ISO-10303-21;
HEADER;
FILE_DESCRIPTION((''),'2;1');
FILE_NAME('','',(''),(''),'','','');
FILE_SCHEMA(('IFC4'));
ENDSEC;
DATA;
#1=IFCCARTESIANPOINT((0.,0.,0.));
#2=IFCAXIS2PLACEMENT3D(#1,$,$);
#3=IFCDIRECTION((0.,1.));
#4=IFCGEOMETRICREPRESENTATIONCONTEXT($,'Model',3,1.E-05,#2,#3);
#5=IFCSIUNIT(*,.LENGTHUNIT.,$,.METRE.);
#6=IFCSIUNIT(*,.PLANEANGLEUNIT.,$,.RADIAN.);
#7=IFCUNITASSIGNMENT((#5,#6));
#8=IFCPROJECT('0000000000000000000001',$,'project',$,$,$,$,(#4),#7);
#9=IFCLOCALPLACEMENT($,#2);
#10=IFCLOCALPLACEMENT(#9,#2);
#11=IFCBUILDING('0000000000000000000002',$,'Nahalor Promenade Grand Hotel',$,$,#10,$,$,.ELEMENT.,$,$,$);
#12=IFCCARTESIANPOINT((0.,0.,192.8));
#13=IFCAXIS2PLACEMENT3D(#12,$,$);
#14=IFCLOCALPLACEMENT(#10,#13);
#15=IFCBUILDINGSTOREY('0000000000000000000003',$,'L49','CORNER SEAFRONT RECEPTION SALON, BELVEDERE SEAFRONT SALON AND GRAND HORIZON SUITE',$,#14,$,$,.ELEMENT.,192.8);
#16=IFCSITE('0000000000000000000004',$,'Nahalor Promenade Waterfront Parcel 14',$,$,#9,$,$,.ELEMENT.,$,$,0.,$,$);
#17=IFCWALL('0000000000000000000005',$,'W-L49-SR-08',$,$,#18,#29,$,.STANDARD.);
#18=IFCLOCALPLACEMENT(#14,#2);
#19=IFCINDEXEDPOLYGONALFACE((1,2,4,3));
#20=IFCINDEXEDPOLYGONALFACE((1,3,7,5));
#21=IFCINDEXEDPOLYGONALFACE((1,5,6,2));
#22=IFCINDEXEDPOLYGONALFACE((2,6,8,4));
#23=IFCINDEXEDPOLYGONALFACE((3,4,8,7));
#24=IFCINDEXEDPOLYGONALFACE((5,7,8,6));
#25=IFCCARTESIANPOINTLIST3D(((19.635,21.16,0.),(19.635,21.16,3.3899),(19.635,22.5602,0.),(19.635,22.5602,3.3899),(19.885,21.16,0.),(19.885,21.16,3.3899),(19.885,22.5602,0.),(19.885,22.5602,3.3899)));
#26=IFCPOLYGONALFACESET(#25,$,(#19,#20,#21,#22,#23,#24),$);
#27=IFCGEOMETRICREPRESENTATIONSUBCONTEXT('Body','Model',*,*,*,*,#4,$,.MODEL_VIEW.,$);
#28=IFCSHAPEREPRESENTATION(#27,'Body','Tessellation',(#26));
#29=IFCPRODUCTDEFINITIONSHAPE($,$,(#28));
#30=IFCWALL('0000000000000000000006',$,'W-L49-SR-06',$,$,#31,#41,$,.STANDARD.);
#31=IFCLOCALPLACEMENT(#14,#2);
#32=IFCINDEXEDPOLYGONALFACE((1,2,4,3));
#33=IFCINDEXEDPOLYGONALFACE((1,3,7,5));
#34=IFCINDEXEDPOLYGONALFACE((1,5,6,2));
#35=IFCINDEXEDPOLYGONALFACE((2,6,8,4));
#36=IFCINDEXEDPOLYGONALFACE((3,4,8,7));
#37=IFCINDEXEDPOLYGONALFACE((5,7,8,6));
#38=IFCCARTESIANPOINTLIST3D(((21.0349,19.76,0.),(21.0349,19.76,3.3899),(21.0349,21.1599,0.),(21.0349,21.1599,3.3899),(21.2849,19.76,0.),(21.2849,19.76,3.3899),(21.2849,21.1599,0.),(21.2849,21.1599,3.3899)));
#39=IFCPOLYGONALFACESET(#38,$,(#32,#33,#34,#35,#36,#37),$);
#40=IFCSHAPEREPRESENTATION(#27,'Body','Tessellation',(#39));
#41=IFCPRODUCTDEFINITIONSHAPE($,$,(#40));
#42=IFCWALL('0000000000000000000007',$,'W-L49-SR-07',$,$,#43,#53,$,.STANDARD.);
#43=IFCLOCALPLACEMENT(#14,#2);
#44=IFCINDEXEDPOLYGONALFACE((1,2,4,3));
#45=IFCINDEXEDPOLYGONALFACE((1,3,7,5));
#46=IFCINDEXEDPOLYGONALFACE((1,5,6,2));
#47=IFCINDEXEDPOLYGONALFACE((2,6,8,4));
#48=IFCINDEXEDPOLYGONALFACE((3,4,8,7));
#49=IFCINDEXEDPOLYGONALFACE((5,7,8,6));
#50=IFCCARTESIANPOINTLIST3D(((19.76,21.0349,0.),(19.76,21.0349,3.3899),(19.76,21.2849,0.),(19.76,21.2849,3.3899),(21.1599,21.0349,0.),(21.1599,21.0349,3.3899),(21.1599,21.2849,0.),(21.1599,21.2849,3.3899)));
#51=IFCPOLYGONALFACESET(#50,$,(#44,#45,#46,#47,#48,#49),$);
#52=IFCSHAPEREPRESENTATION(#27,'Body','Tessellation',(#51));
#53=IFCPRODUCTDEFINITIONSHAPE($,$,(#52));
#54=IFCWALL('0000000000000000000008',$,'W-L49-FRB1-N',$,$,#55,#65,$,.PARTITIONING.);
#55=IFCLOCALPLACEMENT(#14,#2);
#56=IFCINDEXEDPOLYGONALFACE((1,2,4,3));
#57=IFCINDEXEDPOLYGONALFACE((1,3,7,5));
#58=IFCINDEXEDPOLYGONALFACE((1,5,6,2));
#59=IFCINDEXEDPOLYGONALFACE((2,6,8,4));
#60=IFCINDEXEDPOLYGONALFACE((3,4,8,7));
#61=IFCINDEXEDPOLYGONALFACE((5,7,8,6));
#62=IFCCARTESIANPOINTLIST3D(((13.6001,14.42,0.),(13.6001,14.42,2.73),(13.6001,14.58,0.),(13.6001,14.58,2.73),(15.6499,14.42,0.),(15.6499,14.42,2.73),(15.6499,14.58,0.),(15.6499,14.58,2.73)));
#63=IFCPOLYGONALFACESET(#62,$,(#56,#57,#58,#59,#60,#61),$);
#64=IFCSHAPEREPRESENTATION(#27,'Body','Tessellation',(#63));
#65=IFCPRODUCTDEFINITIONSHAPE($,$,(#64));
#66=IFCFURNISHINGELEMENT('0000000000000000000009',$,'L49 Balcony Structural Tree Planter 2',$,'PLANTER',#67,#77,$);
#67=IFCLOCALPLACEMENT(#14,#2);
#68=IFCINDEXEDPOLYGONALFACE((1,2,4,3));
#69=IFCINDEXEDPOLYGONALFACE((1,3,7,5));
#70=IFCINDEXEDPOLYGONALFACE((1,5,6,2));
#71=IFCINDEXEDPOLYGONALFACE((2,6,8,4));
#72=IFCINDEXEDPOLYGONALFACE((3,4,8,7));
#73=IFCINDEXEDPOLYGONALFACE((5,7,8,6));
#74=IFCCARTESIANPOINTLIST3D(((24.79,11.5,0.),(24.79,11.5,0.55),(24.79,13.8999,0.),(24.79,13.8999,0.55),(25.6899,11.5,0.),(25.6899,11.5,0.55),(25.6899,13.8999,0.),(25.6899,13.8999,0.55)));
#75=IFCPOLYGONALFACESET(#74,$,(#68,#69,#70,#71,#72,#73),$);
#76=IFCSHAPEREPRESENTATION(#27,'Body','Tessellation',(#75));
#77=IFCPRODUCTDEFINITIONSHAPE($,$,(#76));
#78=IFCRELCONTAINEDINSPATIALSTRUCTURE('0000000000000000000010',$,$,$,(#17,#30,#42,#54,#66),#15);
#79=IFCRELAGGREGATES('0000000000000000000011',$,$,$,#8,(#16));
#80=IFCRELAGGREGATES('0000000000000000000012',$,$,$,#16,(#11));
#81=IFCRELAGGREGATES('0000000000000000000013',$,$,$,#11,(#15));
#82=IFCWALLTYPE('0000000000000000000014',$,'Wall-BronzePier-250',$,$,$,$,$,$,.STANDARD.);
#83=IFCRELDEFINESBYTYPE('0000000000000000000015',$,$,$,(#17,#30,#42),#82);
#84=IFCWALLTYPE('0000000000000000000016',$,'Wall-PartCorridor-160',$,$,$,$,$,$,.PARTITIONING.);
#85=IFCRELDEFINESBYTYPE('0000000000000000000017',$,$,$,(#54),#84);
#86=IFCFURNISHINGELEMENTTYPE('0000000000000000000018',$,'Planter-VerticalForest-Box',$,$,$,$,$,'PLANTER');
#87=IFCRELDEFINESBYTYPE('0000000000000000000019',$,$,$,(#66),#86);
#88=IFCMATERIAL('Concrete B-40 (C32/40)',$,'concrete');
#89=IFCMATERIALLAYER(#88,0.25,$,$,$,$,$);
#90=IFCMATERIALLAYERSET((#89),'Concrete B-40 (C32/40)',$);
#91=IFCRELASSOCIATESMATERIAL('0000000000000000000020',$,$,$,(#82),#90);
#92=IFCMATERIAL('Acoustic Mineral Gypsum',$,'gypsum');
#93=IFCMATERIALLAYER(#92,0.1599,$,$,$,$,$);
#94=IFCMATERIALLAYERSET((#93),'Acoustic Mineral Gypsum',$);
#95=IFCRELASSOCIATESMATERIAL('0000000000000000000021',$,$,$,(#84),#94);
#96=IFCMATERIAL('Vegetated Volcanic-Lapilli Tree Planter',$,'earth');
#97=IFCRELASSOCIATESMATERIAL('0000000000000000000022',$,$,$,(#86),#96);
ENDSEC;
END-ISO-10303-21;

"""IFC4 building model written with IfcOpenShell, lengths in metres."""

from ifc_helpers import new_model, si_unit, direction, frame, frame_2d, origin, origin_2d, place, context, subcontext, project, spatial, rectangle, extrude, source, transform, mapped, material, layer, layer_set, type_object, element, save


model = new_model("IFC4")

# Units and contexts
model_context = context("Model", 3, precision=1e-05, world=origin(), true_north=direction((0.0, 1.0)))
body_context = subcontext(model_context, "Body", "Model", "MODEL_VIEW")
ifc_project = project(units=[si_unit("LENGTHUNIT", "METRE"), si_unit("PLANEANGLEUNIT", "RADIAN")], contexts=[model_context])

# Site, building, storey
site_placement = place(None, origin())
site = spatial("IfcSite", under=ifc_project, at=site_placement, Name="Nahalor Promenade Waterfront Parcel 14", CompositionType="ELEMENT", RefElevation=0.0)
building_placement = place(site_placement, origin())
building = spatial("IfcBuilding", under=site, at=building_placement, Name="Nahalor Promenade Grand Hotel", CompositionType="ELEMENT")
storey_placement = place(building_placement, frame((0.0, 0.0, 192.8)))
storey = spatial("IfcBuildingStorey", under=building, at=storey_placement, Name="L49", Description="CORNER SEAFRONT RECEPTION SALON, BELVEDERE SEAFRONT SALON AND GRAND HORIZON SUITE", CompositionType="ELEMENT", Elevation=192.8)

# Walls
ifc_material_1 = material(Name="Concrete B-40 (C32/40)", Category="concrete")
ifc_layer_1 = layer(ifc_material_1, 0.25)
ifc_layer_set_1 = layer_set([ifc_layer_1], Name="Concrete B-40 (C32/40)")
wall_type_1 = type_object("IfcWallType", Name="Wall-BronzePier-250", PredefinedType="STANDARD", material=ifc_layer_set_1)
shared_shape_1 = source(origin(), body_context, "Body", "SweptSolid", [
    extrude(rectangle(XDim=1.4001, YDim=0.25, at=frame_2d((0.7002, 0.0))), origin(), (0.0, 0.0, 1.0), 3.3899),
])
for number, where, z_axis, x_axis, name in (
    (1, (19.76, 21.1599, 0.0), (0.0, 0.0, 1.0), (0.0, 1.0, 0.0), "W-L49-SR-08"),
):
    element("IfcWall", number, at=place(storey_placement, frame(where, z_axis=z_axis, x_axis=x_axis)), inside=storey, type_object=wall_type_1, Name=name, PredefinedType="STANDARD", context=body_context, shape_type="MappedRepresentation", body=[
        mapped(shared_shape_1, transform((0.0, 0.0, 0.0), scale=1.0)),
    ])
shared_shape_2 = source(origin(), body_context, "Body", "SweptSolid", [
    extrude(rectangle(XDim=1.3999, YDim=0.25, at=frame_2d((0.7, 0.0))), origin(), (0.0, 0.0, 1.0), 3.3899),
])
for number, where, z_axis, x_axis, name in (
    (2, (21.1599, 19.76, 0.0), (0.0, 0.0, 1.0), (0.0, 1.0, 0.0), "W-L49-SR-06"),
    (3, (19.76, 21.1599, 0.0), (0.0, 0.0, 1.0), (1.0, 0.0, 0.0), "W-L49-SR-07"),
):
    element("IfcWall", number, at=place(storey_placement, frame(where, z_axis=z_axis, x_axis=x_axis)), inside=storey, type_object=wall_type_1, Name=name, PredefinedType="STANDARD", context=body_context, shape_type="MappedRepresentation", body=[
        mapped(shared_shape_2, transform((0.0, 0.0, 0.0), scale=1.0)),
    ])
ifc_material_2 = material(Name="Acoustic Mineral Gypsum", Category="gypsum")
ifc_layer_2 = layer(ifc_material_2, 0.1599)
ifc_layer_set_2 = layer_set([ifc_layer_2], Name="Acoustic Mineral Gypsum")
wall_type_2 = type_object("IfcWallType", Name="Wall-PartCorridor-160", PredefinedType="PARTITIONING", material=ifc_layer_set_2)
shared_shape_3 = source(origin(), body_context, "Body", "SweptSolid", [
    extrude(rectangle(XDim=2.0498, YDim=0.1599, at=frame_2d((1.0249, 0.0))), origin(), (0.0, 0.0, 1.0), 2.73),
])
wall_1_placement = place(storey_placement, frame((13.6001, 14.5, 0.0), z_axis=(0.0, 0.0, 1.0), x_axis=(1.0, 0.0, 0.0)))
element("IfcWall", 4, at=wall_1_placement, inside=storey, type_object=wall_type_2, Name="W-L49-FRB1-N", PredefinedType="PARTITIONING", context=body_context, shape_type="MappedRepresentation", body=[
    mapped(shared_shape_3, transform((0.0, 0.0, 0.0), scale=1.0)),
])

# Furnishing element
ifc_material_3 = material(Name="Vegetated Volcanic-Lapilli Tree Planter", Category="earth")
furnishing_element_type = type_object("IfcFurnishingElementType", Name="Planter-VerticalForest-Box", ElementType="PLANTER", material=ifc_material_3)
shared_shape_4 = source(origin(), body_context, "Body", "SweptSolid", [
    extrude(rectangle(XDim=2.3999, YDim=0.8999, at=origin_2d()), origin(), (0.0, 0.0, 1.0), 0.55),
])
furnishing_placement = place(storey_placement, frame((25.24, 12.7, 0.0), z_axis=(0.0, 0.0, 1.0), x_axis=(0.0, 1.0, 0.0)))
element("IfcFurnishingElement", 5, at=furnishing_placement, inside=storey, type_object=furnishing_element_type, Name="L49 Balcony Structural Tree Planter 2", ObjectType="PLANTER", context=body_context, shape_type="MappedRepresentation", body=[
    mapped(shared_shape_4, transform((0.0, 0.0, 0.0), scale=1.0)),
])

save(model, "model.ifc")
